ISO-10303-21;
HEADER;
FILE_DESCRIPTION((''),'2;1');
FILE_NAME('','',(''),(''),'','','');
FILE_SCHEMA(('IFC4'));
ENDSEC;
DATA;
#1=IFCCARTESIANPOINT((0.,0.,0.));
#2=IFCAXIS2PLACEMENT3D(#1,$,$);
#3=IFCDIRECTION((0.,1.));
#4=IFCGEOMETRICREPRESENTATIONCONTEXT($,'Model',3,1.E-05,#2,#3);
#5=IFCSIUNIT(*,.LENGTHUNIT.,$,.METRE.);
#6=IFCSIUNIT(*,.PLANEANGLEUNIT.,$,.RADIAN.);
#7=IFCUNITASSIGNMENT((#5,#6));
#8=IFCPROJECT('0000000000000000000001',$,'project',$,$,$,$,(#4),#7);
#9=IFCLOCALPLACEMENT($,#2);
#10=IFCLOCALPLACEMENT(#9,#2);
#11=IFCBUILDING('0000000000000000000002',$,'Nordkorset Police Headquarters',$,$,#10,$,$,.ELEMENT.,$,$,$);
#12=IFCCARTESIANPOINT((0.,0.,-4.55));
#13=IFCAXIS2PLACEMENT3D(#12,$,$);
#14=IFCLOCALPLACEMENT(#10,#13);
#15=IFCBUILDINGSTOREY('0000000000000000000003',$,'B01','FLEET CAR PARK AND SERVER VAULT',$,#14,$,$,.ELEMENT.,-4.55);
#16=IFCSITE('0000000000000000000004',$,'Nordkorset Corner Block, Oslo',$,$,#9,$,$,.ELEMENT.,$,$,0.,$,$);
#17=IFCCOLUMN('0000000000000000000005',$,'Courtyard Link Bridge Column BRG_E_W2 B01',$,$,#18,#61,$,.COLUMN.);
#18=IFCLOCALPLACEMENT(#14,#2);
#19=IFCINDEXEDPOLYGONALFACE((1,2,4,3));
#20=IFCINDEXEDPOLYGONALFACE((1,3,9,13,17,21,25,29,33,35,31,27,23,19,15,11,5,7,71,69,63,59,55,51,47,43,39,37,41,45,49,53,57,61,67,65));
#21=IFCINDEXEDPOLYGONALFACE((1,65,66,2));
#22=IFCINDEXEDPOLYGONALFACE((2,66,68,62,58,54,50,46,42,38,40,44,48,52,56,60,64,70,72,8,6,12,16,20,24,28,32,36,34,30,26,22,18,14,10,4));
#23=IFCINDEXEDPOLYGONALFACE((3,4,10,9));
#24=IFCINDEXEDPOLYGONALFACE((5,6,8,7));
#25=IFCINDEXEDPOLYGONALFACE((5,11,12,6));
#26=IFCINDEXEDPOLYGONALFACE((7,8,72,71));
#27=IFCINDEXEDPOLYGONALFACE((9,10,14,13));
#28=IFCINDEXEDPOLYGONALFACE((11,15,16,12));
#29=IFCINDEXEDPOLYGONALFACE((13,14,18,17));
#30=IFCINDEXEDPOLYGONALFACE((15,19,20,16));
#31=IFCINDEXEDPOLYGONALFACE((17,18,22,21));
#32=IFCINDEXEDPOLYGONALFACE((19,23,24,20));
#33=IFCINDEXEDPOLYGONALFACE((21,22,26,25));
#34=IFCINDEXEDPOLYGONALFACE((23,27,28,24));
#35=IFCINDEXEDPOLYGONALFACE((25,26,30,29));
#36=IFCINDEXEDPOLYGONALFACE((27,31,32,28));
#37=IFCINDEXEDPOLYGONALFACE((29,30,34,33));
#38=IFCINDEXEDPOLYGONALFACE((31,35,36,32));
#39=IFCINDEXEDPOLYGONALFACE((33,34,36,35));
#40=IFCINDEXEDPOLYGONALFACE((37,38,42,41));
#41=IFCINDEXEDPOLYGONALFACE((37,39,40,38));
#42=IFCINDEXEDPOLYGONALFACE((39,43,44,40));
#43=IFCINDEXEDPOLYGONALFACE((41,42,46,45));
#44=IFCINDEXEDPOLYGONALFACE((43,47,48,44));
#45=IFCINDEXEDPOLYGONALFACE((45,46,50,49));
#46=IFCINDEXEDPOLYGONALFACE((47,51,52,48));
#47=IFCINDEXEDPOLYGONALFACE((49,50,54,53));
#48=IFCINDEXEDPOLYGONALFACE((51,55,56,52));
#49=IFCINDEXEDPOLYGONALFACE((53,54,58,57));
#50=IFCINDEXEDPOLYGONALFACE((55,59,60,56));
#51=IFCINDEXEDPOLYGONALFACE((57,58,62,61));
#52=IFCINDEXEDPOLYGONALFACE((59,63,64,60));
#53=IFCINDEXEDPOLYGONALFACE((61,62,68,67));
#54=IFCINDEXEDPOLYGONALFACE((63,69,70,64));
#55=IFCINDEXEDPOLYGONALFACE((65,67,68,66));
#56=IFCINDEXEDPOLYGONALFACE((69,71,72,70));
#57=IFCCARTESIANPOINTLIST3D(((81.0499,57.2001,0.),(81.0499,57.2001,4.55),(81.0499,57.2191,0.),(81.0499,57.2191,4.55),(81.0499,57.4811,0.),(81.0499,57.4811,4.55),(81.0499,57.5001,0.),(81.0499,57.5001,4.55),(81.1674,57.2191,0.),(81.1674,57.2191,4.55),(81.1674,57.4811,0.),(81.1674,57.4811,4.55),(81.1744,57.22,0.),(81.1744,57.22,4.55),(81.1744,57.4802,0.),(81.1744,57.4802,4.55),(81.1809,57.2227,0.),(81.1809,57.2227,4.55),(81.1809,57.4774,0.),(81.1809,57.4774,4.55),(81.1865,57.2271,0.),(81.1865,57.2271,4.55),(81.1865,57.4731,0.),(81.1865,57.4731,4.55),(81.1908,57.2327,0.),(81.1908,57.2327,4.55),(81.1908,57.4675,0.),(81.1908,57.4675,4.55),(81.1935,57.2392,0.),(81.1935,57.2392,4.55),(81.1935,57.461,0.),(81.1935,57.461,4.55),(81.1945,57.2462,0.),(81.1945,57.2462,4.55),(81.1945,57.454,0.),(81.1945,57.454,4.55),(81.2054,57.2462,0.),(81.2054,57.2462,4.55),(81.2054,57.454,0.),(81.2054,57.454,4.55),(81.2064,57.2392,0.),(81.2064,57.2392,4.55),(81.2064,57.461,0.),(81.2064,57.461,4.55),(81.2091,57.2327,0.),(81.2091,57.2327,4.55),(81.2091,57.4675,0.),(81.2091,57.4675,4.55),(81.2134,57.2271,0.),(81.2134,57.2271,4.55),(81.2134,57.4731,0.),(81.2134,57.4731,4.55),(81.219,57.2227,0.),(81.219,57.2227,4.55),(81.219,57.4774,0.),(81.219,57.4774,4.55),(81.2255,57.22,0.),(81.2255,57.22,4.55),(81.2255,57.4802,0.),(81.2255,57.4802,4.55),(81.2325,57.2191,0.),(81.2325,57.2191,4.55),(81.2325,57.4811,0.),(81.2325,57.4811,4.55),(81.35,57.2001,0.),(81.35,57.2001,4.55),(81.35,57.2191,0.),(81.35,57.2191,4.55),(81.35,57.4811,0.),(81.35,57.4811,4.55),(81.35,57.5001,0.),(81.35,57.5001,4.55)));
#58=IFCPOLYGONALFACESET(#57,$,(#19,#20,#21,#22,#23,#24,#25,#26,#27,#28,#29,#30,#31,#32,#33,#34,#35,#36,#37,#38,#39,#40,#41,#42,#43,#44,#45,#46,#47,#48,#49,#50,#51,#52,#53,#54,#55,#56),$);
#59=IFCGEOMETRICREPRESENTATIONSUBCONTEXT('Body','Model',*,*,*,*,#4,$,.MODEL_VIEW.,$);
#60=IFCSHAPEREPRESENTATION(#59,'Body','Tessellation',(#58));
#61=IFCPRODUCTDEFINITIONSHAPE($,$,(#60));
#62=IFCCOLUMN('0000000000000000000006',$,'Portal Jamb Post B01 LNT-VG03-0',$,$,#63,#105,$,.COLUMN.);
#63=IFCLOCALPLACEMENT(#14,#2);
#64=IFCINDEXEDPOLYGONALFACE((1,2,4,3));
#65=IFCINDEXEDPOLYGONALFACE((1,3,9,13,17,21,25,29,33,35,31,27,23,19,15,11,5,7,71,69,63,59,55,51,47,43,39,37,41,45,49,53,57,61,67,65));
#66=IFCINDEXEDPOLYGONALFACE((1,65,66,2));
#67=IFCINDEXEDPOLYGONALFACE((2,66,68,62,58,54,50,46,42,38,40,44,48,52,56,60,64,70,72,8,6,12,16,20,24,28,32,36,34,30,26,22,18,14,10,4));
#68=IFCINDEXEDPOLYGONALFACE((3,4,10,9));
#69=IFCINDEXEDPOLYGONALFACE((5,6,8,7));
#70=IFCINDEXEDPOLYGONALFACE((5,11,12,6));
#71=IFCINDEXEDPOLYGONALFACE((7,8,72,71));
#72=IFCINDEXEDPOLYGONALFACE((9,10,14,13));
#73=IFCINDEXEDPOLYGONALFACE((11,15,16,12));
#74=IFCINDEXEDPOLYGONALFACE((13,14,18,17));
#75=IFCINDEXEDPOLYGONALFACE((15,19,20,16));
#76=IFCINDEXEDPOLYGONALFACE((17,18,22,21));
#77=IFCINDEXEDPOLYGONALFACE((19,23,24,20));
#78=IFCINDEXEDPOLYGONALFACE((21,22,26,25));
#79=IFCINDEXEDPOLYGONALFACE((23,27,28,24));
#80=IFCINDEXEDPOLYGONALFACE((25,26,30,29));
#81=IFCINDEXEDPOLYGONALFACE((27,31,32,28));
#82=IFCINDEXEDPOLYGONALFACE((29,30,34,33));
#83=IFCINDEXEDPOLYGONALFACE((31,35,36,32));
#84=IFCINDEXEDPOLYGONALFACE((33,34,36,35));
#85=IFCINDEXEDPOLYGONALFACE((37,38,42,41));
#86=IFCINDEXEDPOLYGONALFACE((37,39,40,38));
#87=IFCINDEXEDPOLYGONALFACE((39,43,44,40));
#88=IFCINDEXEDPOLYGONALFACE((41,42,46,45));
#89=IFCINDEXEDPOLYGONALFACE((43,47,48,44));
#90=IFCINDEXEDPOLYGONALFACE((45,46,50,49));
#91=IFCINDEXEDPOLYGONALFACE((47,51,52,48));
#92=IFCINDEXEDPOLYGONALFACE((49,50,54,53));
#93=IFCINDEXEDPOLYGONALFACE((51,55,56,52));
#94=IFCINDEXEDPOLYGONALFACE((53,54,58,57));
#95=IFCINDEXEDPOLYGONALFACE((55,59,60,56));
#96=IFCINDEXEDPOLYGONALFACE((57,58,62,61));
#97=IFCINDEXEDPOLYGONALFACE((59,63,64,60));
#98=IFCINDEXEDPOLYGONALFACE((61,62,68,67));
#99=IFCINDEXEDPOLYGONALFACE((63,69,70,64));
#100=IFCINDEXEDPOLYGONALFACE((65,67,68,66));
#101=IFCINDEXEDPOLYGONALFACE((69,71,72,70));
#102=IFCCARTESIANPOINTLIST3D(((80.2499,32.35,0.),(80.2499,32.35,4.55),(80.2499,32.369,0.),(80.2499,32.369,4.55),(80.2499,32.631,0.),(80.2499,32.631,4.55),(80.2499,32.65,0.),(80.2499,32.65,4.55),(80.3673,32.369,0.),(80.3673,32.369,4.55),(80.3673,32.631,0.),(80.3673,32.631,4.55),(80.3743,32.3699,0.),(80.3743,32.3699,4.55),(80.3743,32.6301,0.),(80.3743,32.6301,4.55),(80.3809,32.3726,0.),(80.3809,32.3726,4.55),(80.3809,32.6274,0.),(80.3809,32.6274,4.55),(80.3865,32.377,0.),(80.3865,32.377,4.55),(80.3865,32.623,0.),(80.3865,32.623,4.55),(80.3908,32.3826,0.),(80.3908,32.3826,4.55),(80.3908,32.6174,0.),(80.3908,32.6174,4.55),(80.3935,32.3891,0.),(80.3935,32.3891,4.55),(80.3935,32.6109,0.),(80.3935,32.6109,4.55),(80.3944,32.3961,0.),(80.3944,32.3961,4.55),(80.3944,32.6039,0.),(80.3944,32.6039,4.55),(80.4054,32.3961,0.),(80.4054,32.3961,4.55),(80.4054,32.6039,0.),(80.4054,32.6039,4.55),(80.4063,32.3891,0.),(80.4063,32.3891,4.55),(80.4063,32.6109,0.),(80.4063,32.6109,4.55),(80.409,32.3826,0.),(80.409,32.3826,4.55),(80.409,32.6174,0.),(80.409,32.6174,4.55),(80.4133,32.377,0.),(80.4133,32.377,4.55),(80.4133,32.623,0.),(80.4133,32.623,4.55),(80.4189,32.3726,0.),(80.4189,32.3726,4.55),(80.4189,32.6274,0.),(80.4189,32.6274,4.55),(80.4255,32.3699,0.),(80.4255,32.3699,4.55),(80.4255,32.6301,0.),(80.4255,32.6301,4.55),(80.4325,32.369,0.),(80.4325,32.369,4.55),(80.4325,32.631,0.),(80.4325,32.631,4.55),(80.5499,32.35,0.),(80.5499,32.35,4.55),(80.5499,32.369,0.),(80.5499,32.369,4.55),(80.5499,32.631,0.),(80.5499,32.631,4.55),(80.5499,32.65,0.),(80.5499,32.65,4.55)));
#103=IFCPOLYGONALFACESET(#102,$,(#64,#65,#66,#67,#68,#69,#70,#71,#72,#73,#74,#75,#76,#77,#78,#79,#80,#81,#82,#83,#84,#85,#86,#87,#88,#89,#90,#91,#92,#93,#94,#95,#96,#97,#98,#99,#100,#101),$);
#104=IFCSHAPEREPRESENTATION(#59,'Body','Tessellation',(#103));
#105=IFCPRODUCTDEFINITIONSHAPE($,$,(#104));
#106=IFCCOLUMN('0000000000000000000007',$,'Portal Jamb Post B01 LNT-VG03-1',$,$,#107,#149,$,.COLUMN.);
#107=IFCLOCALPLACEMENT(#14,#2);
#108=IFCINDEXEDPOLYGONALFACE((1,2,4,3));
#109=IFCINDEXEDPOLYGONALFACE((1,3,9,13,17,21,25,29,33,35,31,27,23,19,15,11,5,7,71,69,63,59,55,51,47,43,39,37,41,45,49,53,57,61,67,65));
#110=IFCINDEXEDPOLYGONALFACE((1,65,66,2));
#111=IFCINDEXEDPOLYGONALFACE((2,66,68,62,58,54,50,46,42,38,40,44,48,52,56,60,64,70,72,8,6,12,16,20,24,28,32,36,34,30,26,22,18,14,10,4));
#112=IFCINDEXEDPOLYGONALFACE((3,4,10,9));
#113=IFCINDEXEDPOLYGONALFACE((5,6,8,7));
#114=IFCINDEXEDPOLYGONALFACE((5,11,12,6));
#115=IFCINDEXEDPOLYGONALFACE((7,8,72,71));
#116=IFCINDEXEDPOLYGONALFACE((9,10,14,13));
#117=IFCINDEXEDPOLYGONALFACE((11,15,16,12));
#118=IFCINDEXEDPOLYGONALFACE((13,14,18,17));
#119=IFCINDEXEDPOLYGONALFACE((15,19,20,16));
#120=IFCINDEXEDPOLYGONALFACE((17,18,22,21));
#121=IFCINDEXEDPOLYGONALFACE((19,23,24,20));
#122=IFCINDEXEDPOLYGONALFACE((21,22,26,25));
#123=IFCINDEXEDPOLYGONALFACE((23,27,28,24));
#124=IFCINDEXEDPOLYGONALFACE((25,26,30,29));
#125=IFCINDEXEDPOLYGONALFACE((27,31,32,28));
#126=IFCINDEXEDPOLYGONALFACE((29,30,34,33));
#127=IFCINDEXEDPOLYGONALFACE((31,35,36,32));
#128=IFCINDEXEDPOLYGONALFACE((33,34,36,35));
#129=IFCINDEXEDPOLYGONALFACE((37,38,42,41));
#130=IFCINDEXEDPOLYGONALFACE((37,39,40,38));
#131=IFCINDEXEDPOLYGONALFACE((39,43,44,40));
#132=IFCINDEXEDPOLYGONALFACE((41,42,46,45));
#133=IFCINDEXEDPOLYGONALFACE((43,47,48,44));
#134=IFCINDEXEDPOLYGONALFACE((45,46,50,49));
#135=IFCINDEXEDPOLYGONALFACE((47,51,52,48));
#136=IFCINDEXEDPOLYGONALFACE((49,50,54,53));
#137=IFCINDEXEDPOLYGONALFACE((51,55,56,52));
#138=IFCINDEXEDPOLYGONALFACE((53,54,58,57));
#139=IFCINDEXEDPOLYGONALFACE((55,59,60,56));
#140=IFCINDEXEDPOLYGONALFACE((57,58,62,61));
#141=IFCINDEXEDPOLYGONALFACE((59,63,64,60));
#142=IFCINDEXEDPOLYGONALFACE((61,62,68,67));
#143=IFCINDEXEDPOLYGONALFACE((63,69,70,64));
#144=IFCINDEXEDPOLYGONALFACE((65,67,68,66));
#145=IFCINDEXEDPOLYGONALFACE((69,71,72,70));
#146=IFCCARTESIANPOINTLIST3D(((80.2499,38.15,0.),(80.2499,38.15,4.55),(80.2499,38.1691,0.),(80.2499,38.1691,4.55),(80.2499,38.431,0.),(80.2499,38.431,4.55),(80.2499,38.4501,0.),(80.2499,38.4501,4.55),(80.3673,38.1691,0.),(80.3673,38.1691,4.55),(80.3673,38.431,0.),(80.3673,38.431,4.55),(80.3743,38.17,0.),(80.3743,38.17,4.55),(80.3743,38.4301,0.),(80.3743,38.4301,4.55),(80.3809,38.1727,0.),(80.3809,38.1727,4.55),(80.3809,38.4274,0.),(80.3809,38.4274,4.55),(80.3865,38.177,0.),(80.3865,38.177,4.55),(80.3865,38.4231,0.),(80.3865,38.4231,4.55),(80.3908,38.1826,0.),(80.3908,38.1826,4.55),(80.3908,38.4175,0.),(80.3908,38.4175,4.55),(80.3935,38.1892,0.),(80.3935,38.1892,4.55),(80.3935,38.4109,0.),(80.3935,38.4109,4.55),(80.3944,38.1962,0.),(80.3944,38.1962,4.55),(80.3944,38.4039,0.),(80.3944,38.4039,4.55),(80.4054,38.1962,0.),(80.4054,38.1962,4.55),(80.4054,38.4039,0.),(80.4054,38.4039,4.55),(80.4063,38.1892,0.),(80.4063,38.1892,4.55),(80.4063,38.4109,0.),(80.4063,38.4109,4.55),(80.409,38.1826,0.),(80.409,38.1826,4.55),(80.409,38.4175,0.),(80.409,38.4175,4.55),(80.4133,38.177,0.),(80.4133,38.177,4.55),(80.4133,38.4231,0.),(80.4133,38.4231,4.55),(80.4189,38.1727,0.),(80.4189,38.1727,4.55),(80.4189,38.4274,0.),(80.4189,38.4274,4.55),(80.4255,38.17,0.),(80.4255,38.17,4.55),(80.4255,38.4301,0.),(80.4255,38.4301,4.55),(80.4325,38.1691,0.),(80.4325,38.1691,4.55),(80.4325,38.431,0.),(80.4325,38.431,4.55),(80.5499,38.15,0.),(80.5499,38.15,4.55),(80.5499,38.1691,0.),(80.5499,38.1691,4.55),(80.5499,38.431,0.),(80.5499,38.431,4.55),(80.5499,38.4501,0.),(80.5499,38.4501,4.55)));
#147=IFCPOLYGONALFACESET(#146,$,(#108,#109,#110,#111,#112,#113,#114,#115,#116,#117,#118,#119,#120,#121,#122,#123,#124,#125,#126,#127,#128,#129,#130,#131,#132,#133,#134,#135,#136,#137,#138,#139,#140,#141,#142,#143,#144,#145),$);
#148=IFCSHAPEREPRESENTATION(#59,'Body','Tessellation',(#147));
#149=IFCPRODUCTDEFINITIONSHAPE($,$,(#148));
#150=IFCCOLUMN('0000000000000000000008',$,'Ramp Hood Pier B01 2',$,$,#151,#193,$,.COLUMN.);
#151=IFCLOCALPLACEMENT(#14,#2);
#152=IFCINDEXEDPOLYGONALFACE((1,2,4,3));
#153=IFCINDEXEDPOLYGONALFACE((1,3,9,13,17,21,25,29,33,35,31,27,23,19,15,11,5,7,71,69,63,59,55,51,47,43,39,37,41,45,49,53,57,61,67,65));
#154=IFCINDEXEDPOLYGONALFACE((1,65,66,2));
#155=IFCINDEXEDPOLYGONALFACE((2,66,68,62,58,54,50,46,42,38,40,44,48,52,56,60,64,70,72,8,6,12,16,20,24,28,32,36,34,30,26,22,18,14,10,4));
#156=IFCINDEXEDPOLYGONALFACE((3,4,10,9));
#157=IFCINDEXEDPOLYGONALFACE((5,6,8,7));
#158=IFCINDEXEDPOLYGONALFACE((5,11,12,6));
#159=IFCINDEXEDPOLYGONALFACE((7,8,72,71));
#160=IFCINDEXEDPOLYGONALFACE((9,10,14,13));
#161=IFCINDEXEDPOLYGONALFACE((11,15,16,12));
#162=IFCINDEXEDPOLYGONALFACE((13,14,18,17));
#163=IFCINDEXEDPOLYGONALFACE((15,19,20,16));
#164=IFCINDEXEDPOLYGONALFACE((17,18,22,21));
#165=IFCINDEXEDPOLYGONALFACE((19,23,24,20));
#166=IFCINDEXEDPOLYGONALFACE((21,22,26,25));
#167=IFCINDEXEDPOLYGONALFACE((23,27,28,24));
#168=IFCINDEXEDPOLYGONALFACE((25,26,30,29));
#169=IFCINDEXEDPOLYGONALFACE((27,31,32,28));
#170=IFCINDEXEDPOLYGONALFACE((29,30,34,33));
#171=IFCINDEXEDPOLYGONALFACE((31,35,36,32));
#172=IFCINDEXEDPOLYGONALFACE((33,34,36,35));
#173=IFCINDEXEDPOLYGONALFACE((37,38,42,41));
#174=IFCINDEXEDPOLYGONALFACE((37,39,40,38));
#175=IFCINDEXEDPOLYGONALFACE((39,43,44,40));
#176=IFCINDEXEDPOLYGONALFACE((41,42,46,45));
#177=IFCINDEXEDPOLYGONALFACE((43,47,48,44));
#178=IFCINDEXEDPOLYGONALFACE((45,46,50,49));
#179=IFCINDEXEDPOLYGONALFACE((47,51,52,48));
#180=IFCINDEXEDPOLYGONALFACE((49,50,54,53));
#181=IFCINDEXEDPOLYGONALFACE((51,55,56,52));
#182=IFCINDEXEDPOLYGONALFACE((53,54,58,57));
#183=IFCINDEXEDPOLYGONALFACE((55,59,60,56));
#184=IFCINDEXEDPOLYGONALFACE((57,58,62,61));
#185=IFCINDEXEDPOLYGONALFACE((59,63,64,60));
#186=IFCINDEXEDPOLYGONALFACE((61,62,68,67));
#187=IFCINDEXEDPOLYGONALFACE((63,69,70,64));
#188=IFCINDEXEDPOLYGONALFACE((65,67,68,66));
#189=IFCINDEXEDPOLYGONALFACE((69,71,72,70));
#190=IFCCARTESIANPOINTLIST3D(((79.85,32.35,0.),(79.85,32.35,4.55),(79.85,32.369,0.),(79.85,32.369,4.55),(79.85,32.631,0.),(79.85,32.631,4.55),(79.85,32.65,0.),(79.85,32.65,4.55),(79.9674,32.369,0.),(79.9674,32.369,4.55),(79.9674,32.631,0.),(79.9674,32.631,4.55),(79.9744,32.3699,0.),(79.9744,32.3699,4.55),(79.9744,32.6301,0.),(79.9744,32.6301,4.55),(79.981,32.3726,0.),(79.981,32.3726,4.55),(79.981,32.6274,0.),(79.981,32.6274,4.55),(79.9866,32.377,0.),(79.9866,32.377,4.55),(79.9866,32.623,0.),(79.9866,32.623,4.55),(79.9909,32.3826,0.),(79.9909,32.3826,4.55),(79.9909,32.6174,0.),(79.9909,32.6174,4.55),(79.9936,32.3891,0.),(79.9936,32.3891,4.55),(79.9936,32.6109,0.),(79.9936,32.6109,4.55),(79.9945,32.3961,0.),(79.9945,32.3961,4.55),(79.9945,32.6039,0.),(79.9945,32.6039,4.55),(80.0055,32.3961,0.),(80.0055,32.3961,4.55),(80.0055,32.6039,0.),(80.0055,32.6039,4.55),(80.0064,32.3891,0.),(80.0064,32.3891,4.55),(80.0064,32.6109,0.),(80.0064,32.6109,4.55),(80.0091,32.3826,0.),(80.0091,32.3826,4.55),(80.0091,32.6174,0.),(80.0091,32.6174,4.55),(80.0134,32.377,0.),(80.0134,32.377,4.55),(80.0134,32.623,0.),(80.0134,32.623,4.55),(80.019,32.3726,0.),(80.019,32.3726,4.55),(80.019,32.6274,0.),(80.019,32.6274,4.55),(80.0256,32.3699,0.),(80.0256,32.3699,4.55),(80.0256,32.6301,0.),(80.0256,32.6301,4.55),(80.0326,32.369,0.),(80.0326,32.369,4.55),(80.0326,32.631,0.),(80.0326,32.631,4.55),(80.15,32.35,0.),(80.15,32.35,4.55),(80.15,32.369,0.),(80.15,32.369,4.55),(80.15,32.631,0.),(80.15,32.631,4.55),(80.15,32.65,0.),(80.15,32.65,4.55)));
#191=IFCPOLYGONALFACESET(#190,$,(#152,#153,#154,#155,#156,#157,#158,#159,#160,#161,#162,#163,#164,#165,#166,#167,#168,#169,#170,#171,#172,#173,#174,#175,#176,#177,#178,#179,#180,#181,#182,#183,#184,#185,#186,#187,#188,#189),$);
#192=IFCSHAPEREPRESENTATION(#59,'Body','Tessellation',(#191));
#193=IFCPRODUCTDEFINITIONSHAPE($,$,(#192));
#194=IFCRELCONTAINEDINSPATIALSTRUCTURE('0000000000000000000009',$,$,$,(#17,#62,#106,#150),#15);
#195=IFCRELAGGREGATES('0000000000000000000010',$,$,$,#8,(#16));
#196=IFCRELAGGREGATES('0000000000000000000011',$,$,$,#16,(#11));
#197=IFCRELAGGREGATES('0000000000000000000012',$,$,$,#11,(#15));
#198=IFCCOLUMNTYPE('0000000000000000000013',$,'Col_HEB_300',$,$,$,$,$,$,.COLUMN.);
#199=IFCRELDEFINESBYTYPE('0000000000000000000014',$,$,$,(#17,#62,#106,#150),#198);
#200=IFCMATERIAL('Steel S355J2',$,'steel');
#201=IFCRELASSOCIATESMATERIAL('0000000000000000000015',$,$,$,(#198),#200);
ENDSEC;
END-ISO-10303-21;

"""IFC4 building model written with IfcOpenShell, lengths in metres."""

from ifc_helpers import new_model, si_unit, direction, frame, origin, origin_2d, place, context, subcontext, project, spatial, i_section, extrude, material, material_profile, profile_set, type_object, element, save


model = new_model("IFC4")

# Units and contexts
model_context = context("Model", 3, precision=1e-05, world=origin(), true_north=direction((0.0, 1.0)))
body_context = subcontext(model_context, "Body", "Model", "MODEL_VIEW")
ifc_project = project(units=[si_unit("LENGTHUNIT", "METRE"), si_unit("PLANEANGLEUNIT", "RADIAN")], contexts=[model_context])

# Site, building, storey
site_placement = place(None, origin())
site = spatial("IfcSite", under=ifc_project, at=site_placement, Name="Nordkorset Corner Block, Oslo", CompositionType="ELEMENT", RefElevation=0.0)
building_placement = place(site_placement, origin())
building = spatial("IfcBuilding", under=site, at=building_placement, Name="Nordkorset Police Headquarters", CompositionType="ELEMENT")
storey_placement = place(building_placement, frame((0.0, 0.0, -4.55)))
storey = spatial("IfcBuildingStorey", under=building, at=storey_placement, Name="B01", Description="FLEET CAR PARK AND SERVER VAULT", CompositionType="ELEMENT", Elevation=-4.55)

# Columns
ifc_material_1 = material(Name="Steel S355J2", Category="steel")
ifc_material_profile_1 = material_profile(ifc_material_1, i_section(OverallWidth=0.3, OverallDepth=0.3, WebThickness=0.011, FlangeThickness=0.019, FilletRadius=0.0271, at=origin_2d()), Name="HEB 300")
ifc_profile_set_1 = profile_set([ifc_material_profile_1], Name="Steel S355J2")
column_type_1 = type_object("IfcColumnType", Name="Col_HEB_300", PredefinedType="COLUMN", material=ifc_profile_set_1)
for number, where, z_axis, x_axis, name in (
    (1, (81.2, 57.3501, 0.0), (0.0, 0.0, 1.0), (1.0, 0.0, 0.0), "Courtyard Link Bridge Column BRG_E_W2 B01"),
    (2, (80.3999, 32.5, 0.0), (0.0, 0.0, 1.0), (1.0, 0.0, 0.0), "Portal Jamb Post B01 LNT-VG03-0"),
    (3, (80.3999, 38.3, 0.0), (0.0, 0.0, 1.0), (1.0, 0.0, 0.0), "Portal Jamb Post B01 LNT-VG03-1"),
    (4, (80.0, 32.5, 0.0), (0.0, 0.0, 1.0), (1.0, 0.0, 0.0), "Ramp Hood Pier B01 2"),
):
    element("IfcColumn", number, at=place(storey_placement, frame(where, z_axis=z_axis, x_axis=x_axis)), inside=storey, type_object=column_type_1, Name=name, PredefinedType="COLUMN", context=body_context, shape_type="SweptSolid", body=[
        extrude(i_section(OverallWidth=0.3, OverallDepth=0.3, WebThickness=0.011, FlangeThickness=0.019, FilletRadius=0.0271, at=origin_2d()), origin(), (0.0, 0.0, 1.0), 4.55),
    ])

save(model, "model.ifc")
